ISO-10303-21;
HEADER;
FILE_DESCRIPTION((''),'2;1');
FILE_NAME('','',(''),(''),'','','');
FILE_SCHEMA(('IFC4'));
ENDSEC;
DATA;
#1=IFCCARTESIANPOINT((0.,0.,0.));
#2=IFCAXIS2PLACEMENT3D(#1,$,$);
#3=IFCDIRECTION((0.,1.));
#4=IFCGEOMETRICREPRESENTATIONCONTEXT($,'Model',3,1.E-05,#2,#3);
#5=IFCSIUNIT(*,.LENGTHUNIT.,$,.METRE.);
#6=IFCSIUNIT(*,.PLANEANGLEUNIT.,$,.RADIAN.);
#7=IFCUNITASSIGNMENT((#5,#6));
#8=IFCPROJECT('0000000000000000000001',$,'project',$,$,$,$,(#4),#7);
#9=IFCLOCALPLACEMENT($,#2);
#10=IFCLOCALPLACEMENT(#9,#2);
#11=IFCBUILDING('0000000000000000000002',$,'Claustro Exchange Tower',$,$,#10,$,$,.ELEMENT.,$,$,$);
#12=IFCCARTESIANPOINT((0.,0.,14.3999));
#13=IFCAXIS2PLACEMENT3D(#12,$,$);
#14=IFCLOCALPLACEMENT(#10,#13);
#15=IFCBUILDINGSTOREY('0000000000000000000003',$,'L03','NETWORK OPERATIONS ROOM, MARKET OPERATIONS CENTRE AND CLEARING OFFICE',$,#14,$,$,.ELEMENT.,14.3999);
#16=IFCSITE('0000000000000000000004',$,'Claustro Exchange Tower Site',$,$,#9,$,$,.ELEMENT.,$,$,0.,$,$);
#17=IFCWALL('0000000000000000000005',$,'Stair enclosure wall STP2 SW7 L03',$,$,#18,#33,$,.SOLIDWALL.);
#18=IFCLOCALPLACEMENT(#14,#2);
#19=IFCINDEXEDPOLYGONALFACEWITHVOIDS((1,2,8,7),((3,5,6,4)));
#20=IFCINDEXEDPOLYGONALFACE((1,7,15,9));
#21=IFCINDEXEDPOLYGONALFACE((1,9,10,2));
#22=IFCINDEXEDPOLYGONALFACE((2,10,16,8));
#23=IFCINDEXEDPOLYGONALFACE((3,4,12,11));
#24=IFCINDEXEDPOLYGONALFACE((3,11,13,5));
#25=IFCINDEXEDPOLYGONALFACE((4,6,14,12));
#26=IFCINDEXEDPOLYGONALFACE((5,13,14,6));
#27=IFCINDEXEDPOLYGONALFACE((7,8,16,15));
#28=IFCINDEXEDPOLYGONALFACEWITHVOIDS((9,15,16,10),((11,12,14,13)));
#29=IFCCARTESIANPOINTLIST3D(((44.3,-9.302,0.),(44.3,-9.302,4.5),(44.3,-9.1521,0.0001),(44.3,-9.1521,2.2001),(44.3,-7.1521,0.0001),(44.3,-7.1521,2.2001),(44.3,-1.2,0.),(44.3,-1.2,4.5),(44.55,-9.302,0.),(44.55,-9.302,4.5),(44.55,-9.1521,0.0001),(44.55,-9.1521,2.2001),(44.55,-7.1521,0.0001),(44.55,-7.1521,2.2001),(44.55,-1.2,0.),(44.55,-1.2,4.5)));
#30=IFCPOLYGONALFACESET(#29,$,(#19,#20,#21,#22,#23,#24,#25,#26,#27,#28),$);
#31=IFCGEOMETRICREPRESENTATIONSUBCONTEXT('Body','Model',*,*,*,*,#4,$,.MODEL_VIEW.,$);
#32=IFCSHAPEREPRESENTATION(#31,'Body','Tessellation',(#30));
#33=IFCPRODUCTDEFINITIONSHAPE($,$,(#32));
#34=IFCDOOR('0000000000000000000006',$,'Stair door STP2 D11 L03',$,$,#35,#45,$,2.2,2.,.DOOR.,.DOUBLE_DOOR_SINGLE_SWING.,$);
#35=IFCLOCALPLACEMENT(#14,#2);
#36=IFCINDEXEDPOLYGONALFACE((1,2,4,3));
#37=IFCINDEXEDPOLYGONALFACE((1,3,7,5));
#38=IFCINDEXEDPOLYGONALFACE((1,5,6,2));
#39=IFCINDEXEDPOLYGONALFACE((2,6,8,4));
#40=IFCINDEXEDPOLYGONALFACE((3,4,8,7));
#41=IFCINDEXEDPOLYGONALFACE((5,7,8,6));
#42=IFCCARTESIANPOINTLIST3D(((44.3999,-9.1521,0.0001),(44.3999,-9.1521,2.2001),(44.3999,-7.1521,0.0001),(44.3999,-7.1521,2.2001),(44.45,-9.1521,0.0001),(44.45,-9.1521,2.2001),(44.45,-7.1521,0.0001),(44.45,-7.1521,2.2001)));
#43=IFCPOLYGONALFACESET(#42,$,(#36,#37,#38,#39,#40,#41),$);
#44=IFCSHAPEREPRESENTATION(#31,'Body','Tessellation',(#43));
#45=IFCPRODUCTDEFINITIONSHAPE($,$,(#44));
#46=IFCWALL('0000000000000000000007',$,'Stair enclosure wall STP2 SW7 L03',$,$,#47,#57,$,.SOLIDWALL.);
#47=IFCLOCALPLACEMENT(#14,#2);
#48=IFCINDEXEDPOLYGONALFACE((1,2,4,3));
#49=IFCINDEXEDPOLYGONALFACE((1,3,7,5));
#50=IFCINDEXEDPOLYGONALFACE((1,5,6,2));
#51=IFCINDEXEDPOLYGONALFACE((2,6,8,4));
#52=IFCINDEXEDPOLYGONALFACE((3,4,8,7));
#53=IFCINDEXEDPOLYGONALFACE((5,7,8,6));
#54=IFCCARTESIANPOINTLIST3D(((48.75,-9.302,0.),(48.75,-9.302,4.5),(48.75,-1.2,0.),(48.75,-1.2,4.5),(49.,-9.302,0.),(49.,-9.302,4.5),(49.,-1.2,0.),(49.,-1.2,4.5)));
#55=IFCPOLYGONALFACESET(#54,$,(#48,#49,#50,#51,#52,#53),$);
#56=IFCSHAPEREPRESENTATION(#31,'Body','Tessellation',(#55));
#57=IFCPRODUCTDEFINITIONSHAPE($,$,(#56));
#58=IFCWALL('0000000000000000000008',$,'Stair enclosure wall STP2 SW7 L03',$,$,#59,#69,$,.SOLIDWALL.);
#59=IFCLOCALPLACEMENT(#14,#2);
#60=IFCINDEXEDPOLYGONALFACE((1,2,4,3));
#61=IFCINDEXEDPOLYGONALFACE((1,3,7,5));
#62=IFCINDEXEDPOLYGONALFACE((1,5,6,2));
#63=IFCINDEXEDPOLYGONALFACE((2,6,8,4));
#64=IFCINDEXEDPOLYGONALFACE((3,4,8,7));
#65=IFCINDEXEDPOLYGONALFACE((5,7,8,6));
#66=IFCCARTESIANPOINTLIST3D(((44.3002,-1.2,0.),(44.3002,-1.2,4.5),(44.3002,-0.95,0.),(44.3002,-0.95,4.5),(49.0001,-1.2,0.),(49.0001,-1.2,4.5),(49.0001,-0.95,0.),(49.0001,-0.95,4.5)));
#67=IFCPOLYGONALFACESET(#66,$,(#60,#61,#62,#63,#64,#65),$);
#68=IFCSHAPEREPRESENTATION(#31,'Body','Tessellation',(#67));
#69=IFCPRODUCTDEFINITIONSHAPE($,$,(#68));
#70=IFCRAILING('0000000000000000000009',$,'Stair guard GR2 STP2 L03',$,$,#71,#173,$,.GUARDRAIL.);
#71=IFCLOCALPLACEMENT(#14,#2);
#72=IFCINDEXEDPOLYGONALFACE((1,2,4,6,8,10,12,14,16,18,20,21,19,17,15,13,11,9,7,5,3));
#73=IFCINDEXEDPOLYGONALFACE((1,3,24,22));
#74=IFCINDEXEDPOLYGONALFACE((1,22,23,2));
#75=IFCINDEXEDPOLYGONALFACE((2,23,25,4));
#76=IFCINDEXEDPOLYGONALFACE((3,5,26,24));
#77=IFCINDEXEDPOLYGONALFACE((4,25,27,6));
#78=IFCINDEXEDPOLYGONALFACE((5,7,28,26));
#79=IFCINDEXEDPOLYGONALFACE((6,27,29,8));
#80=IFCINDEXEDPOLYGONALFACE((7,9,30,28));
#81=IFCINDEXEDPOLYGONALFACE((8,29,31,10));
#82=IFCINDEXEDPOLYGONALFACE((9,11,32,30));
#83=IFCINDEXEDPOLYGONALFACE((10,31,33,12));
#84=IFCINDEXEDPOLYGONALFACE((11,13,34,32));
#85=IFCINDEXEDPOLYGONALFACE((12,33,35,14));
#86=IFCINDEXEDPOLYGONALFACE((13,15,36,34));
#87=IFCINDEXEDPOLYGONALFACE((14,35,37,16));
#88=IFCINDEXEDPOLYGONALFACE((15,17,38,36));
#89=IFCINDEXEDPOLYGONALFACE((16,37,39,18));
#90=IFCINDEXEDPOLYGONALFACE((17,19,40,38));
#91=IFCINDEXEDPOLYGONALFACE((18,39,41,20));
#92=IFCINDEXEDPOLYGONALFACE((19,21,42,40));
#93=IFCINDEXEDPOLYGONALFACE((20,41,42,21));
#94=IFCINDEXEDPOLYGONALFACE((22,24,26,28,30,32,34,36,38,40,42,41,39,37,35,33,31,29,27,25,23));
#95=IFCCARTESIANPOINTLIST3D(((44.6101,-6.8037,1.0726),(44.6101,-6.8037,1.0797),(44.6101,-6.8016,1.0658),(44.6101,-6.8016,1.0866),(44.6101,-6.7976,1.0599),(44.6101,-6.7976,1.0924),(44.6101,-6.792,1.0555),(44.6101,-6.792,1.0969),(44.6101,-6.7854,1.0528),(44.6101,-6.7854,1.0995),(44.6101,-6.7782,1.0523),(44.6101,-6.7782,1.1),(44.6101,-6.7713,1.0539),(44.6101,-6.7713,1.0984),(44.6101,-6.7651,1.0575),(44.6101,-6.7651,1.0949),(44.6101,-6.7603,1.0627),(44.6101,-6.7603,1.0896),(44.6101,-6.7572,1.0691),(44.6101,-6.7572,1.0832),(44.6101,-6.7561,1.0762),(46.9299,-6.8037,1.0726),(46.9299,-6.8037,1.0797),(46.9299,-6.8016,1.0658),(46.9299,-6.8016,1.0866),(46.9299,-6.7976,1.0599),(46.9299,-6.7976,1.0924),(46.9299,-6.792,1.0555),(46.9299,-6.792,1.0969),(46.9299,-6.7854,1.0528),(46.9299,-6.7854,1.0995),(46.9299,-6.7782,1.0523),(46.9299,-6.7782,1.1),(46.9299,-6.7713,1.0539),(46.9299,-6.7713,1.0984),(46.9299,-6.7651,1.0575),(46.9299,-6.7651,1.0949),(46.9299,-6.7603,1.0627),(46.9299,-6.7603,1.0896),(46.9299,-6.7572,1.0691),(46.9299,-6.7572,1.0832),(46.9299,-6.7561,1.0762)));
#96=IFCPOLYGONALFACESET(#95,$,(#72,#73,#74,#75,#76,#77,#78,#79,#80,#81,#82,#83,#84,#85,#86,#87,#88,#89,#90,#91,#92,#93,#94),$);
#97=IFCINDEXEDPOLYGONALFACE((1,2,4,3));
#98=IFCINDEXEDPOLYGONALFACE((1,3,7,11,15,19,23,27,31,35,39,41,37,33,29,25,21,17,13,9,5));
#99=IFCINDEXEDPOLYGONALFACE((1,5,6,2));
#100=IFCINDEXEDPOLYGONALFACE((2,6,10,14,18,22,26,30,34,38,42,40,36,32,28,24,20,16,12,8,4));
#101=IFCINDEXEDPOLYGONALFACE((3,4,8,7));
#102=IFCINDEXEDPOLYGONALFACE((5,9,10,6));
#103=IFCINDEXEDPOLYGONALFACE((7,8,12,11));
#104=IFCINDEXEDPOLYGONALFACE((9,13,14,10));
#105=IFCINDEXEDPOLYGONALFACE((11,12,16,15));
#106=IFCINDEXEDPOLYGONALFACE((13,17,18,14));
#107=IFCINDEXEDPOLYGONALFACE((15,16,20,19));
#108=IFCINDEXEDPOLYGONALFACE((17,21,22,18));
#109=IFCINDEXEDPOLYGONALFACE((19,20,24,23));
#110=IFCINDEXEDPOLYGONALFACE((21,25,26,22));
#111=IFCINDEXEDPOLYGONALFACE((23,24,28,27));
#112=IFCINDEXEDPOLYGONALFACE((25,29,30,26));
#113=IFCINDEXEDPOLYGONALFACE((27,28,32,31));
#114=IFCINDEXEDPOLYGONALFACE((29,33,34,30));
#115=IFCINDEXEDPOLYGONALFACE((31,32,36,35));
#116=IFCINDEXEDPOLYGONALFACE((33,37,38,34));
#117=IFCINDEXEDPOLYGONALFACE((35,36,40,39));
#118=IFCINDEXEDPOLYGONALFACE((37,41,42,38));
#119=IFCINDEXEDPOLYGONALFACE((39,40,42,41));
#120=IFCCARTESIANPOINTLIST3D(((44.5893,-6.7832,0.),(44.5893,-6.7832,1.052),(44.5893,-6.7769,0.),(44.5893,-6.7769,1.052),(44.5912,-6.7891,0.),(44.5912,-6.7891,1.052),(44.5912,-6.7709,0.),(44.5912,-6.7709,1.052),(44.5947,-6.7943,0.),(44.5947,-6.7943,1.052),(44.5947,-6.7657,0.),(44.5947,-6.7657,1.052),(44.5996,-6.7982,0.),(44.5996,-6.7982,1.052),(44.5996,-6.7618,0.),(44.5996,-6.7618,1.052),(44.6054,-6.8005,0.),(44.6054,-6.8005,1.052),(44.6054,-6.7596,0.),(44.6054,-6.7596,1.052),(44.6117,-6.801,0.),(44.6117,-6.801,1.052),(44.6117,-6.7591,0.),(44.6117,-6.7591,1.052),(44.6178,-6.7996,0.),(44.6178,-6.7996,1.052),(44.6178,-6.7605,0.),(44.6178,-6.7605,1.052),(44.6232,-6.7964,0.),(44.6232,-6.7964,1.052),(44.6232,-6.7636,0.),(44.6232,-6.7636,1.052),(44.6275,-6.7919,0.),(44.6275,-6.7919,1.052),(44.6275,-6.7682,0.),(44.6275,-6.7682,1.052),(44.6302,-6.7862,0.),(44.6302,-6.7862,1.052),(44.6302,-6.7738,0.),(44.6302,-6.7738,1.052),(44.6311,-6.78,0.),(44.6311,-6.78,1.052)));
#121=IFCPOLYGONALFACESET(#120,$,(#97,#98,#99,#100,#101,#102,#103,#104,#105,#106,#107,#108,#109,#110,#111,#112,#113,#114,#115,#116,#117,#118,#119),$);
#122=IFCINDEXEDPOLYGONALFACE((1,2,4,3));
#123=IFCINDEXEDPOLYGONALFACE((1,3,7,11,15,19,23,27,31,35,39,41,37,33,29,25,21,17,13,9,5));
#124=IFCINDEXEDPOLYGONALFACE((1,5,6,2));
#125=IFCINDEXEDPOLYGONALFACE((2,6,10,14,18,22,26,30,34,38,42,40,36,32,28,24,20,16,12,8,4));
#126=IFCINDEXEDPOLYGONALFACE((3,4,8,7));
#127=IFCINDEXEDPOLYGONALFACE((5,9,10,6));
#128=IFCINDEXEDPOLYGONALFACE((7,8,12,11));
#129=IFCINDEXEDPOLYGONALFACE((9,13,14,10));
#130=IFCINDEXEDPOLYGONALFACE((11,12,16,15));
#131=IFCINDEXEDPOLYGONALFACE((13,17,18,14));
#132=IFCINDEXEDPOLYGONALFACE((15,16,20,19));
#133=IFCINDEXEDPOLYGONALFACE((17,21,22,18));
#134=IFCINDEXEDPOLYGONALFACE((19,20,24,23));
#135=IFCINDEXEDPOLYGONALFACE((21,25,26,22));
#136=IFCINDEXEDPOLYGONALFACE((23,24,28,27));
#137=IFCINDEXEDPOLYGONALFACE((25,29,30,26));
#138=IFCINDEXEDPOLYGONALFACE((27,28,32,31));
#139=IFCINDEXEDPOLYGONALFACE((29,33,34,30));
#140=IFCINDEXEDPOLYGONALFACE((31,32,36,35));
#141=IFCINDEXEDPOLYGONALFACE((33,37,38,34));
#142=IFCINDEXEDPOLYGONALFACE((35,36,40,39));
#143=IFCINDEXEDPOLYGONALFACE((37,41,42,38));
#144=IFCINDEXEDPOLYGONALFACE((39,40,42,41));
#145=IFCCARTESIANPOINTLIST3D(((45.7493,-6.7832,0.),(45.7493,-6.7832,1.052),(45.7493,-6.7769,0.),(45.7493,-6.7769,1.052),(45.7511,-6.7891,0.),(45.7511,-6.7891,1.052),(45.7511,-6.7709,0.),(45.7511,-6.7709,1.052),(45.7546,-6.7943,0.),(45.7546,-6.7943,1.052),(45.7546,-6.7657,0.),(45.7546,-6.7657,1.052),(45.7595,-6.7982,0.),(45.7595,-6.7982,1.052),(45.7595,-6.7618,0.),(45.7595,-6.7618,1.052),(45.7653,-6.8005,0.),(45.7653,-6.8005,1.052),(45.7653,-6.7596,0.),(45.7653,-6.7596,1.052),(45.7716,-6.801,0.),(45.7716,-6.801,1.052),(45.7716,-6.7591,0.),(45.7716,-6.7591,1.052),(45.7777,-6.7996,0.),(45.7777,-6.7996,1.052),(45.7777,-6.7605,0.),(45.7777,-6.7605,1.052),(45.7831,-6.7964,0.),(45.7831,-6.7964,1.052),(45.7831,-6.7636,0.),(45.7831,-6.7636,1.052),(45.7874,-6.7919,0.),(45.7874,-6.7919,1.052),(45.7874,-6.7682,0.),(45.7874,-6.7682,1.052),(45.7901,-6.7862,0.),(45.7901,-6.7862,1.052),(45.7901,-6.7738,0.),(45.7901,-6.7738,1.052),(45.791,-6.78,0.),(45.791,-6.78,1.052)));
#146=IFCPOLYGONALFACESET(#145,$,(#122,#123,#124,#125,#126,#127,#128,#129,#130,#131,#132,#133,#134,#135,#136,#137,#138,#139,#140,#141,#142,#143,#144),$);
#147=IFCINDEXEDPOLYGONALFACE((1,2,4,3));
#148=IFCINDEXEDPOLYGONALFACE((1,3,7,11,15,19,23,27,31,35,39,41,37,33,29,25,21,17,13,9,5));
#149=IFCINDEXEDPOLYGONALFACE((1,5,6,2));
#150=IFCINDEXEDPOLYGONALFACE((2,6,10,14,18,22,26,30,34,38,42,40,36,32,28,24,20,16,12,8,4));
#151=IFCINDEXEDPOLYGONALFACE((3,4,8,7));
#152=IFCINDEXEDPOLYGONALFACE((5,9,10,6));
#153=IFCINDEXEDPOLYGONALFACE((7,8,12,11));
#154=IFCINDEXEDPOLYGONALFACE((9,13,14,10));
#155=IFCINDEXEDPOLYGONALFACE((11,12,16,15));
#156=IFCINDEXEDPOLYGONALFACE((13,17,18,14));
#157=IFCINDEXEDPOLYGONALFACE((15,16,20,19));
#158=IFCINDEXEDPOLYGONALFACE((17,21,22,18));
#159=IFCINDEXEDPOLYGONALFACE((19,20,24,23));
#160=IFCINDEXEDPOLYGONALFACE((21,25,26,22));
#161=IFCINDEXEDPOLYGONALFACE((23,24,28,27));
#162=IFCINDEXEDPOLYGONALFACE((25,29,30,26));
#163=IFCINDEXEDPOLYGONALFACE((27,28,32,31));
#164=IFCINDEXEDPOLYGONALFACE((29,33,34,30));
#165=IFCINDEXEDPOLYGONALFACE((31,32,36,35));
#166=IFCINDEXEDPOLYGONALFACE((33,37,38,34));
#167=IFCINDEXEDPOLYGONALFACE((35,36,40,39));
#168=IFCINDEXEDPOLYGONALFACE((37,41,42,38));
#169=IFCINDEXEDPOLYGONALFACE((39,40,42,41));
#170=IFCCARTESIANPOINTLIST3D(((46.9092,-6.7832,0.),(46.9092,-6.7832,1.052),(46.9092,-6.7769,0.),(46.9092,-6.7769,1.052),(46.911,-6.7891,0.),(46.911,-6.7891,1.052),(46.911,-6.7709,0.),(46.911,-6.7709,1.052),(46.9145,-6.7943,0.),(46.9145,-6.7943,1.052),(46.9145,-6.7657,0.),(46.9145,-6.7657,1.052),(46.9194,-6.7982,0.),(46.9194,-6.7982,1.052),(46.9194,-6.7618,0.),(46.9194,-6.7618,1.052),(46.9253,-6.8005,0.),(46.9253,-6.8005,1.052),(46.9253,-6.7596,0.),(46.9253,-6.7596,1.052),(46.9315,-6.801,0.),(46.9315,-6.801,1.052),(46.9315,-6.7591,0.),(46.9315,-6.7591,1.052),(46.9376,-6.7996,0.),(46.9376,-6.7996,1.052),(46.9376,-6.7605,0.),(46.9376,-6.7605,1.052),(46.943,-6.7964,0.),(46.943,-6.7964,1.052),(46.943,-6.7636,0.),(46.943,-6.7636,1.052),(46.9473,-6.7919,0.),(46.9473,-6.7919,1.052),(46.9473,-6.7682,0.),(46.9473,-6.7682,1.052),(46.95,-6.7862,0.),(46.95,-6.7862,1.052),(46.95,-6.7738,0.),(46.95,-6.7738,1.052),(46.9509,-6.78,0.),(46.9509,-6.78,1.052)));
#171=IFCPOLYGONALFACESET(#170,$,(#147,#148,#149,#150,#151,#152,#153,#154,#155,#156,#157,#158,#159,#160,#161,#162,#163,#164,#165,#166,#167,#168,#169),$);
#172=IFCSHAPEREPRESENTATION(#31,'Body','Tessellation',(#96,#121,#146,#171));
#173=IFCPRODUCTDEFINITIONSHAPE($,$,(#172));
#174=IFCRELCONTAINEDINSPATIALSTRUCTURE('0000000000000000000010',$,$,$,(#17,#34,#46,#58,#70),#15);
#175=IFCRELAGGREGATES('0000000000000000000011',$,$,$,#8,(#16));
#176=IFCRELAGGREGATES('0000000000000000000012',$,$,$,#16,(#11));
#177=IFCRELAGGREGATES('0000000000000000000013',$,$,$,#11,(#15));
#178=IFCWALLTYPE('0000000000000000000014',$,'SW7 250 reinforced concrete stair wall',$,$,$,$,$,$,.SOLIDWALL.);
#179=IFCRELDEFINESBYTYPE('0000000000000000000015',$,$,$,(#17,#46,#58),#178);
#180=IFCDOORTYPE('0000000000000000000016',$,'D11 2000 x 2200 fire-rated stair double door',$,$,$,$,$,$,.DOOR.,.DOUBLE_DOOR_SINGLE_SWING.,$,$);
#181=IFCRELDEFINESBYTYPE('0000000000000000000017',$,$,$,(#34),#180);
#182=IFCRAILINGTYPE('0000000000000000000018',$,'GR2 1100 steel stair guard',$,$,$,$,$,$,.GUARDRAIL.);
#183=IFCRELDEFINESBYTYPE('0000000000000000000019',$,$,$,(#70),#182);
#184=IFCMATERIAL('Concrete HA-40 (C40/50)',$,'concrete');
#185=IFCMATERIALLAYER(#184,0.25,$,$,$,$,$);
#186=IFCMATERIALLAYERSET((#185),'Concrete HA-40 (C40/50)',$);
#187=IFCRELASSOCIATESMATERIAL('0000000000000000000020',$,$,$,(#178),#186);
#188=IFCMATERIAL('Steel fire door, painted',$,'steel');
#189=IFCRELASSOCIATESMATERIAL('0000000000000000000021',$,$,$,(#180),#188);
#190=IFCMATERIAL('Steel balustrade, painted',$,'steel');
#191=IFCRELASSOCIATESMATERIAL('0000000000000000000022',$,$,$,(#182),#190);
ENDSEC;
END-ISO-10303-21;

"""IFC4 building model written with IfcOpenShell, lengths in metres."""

from ifc_helpers import new_model, si_unit, direction, frame, frame_2d, origin, origin_2d, place, context, subcontext, project, spatial, rectangle, circle, extrude, material, layer, layer_set, type_object, element, fill, save


model = new_model("IFC4")

# Units and contexts
model_context = context("Model", 3, precision=1e-05, world=origin(), true_north=direction((0.0, 1.0)))
body_context = subcontext(model_context, "Body", "Model", "MODEL_VIEW")
ifc_project = project(units=[si_unit("LENGTHUNIT", "METRE"), si_unit("PLANEANGLEUNIT", "RADIAN")], contexts=[model_context])

# Site, building, storey
site_placement = place(None, origin())
site = spatial("IfcSite", under=ifc_project, at=site_placement, Name="Claustro Exchange Tower Site", CompositionType="ELEMENT", RefElevation=0.0)
building_placement = place(site_placement, origin())
building = spatial("IfcBuilding", under=site, at=building_placement, Name="Claustro Exchange Tower", CompositionType="ELEMENT")
storey_placement = place(building_placement, frame((0.0, 0.0, 14.3999)))
storey = spatial("IfcBuildingStorey", under=building, at=storey_placement, Name="L03", Description="NETWORK OPERATIONS ROOM, MARKET OPERATIONS CENTRE AND CLEARING OFFICE", CompositionType="ELEMENT", Elevation=14.3999)

# Wall, opening, door
ifc_material_1 = material(Name="Concrete HA-40 (C40/50)", Category="concrete")
ifc_layer_1 = layer(ifc_material_1, 0.25)
ifc_layer_set_1 = layer_set([ifc_layer_1], Name="Concrete HA-40 (C40/50)")
wall_type_1 = type_object("IfcWallType", Name="SW7 250 reinforced concrete stair wall", PredefinedType="SOLIDWALL", material=ifc_layer_set_1)
wall_1_placement = place(storey_placement, frame((44.425, -9.302, 0.0), z_axis=(0.0, 0.0, 1.0), x_axis=(0.0, 1.0, 0.0)))
wall_1 = element("IfcWall", 1, at=wall_1_placement, inside=storey, type_object=wall_type_1, Name="Stair enclosure wall STP2 SW7 L03", PredefinedType="SOLIDWALL", context=body_context, shape_type="SweptSolid", body=[
    extrude(rectangle(XDim=8.1021, YDim=0.25, at=frame_2d((4.051, 0.0))), origin(), (0.0, 0.0, 1.0), 4.5),
])
opening_placement = place(wall_1_placement, frame((0.1499, 0.0, 0.0)))
opening = element("IfcOpeningElement", 2, at=opening_placement, cuts=wall_1, PredefinedType="OPENING", context=body_context, shape_type="SweptSolid", body=[
    extrude(rectangle(XDim=2.0, YDim=2.2, at=frame_2d((1.0, 1.1001))), frame((0.0, 0.135, 0.0), z_axis=(0.0, -1.0, 0.0), x_axis=(1.0, 0.0, 0.0)), (0.0, 0.0, 1.0), 0.27),
])
ifc_material_2 = material(Name="Steel fire door, painted", Category="steel")
door_type = type_object("IfcDoorType", Name="D11 2000 x 2200 fire-rated stair double door", OperationType="DOUBLE_DOOR_SINGLE_SWING", PredefinedType="DOOR", material=ifc_material_2)
door_placement = place(opening_placement, frame((2.0, 0.0, 0.0), z_axis=(0.0, 0.0, 1.0), x_axis=(-1.0, 0.0, 0.0)))
door = element("IfcDoor", 3, at=door_placement, inside=storey, type_object=door_type, Name="Stair door STP2 D11 L03", OperationType="DOUBLE_DOOR_SINGLE_SWING", OverallHeight=2.2, OverallWidth=2.0, PredefinedType="DOOR", context=body_context, shape_type="SweptSolid", body=[
    extrude(rectangle(XDim=2.0, YDim=2.2, at=frame_2d((1.0, 1.1001))), frame((0.0, 0.0249, 0.0), z_axis=(0.0, -1.0, 0.0), x_axis=(1.0, 0.0, 0.0)), (0.0, 0.0, 1.0), 0.05),
])
fill(opening, door)

# Walls
wall_2_placement = place(storey_placement, frame((48.875, -9.302, 0.0), z_axis=(0.0, 0.0, 1.0), x_axis=(0.0, 1.0, 0.0)))
element("IfcWall", 4, at=wall_2_placement, inside=storey, type_object=wall_type_1, Name="Stair enclosure wall STP2 SW7 L03", PredefinedType="SOLIDWALL", context=body_context, shape_type="SweptSolid", body=[
    extrude(rectangle(XDim=8.1021, YDim=0.25, at=frame_2d((4.051, 0.0))), origin(), (0.0, 0.0, 1.0), 4.5),
])
wall_3_placement = place(storey_placement, frame((44.3, -1.075, 0.0), z_axis=(0.0, 0.0, 1.0), x_axis=(1.0, 0.0, 0.0)))
element("IfcWall", 5, at=wall_3_placement, inside=storey, type_object=wall_type_1, Name="Stair enclosure wall STP2 SW7 L03", PredefinedType="SOLIDWALL", context=body_context, shape_type="SweptSolid", body=[
    extrude(rectangle(XDim=4.7, YDim=0.25, at=frame_2d((2.3501, 0.0))), origin(), (0.0, 0.0, 1.0), 4.5),
])

# Railing
ifc_material_3 = material(Name="Steel balustrade, painted", Category="steel")
railing_type = type_object("IfcRailingType", Name="GR2 1100 steel stair guard", PredefinedType="GUARDRAIL", material=ifc_material_3)
railing_placement = place(storey_placement, frame((44.6101, -6.78, 0.0)))
element("IfcRailing", 6, at=railing_placement, inside=storey, type_object=railing_type, Name="Stair guard GR2 STP2 L03", PredefinedType="GUARDRAIL", context=body_context, shape_type="SweptSolid", body=[
    extrude(circle(Radius=0.0239, at=origin_2d()), frame((0.0, 0.0, 1.0762), z_axis=(1.0, 0.0, 0.0), x_axis=(0.0, 1.0, 0.0)), (0.0, 0.0, 1.0), 2.3198),
    extrude(circle(Radius=0.021, at=origin_2d()), origin(), (0.0, 0.0, 1.0), 1.052),
    extrude(circle(Radius=0.021, at=origin_2d()), frame((1.1599, 0.0, 0.0)), (0.0, 0.0, 1.0), 1.052),
    extrude(circle(Radius=0.021, at=origin_2d()), frame((2.3198, 0.0, 0.0)), (0.0, 0.0, 1.0), 1.052),
])

save(model, "model.ifc")
